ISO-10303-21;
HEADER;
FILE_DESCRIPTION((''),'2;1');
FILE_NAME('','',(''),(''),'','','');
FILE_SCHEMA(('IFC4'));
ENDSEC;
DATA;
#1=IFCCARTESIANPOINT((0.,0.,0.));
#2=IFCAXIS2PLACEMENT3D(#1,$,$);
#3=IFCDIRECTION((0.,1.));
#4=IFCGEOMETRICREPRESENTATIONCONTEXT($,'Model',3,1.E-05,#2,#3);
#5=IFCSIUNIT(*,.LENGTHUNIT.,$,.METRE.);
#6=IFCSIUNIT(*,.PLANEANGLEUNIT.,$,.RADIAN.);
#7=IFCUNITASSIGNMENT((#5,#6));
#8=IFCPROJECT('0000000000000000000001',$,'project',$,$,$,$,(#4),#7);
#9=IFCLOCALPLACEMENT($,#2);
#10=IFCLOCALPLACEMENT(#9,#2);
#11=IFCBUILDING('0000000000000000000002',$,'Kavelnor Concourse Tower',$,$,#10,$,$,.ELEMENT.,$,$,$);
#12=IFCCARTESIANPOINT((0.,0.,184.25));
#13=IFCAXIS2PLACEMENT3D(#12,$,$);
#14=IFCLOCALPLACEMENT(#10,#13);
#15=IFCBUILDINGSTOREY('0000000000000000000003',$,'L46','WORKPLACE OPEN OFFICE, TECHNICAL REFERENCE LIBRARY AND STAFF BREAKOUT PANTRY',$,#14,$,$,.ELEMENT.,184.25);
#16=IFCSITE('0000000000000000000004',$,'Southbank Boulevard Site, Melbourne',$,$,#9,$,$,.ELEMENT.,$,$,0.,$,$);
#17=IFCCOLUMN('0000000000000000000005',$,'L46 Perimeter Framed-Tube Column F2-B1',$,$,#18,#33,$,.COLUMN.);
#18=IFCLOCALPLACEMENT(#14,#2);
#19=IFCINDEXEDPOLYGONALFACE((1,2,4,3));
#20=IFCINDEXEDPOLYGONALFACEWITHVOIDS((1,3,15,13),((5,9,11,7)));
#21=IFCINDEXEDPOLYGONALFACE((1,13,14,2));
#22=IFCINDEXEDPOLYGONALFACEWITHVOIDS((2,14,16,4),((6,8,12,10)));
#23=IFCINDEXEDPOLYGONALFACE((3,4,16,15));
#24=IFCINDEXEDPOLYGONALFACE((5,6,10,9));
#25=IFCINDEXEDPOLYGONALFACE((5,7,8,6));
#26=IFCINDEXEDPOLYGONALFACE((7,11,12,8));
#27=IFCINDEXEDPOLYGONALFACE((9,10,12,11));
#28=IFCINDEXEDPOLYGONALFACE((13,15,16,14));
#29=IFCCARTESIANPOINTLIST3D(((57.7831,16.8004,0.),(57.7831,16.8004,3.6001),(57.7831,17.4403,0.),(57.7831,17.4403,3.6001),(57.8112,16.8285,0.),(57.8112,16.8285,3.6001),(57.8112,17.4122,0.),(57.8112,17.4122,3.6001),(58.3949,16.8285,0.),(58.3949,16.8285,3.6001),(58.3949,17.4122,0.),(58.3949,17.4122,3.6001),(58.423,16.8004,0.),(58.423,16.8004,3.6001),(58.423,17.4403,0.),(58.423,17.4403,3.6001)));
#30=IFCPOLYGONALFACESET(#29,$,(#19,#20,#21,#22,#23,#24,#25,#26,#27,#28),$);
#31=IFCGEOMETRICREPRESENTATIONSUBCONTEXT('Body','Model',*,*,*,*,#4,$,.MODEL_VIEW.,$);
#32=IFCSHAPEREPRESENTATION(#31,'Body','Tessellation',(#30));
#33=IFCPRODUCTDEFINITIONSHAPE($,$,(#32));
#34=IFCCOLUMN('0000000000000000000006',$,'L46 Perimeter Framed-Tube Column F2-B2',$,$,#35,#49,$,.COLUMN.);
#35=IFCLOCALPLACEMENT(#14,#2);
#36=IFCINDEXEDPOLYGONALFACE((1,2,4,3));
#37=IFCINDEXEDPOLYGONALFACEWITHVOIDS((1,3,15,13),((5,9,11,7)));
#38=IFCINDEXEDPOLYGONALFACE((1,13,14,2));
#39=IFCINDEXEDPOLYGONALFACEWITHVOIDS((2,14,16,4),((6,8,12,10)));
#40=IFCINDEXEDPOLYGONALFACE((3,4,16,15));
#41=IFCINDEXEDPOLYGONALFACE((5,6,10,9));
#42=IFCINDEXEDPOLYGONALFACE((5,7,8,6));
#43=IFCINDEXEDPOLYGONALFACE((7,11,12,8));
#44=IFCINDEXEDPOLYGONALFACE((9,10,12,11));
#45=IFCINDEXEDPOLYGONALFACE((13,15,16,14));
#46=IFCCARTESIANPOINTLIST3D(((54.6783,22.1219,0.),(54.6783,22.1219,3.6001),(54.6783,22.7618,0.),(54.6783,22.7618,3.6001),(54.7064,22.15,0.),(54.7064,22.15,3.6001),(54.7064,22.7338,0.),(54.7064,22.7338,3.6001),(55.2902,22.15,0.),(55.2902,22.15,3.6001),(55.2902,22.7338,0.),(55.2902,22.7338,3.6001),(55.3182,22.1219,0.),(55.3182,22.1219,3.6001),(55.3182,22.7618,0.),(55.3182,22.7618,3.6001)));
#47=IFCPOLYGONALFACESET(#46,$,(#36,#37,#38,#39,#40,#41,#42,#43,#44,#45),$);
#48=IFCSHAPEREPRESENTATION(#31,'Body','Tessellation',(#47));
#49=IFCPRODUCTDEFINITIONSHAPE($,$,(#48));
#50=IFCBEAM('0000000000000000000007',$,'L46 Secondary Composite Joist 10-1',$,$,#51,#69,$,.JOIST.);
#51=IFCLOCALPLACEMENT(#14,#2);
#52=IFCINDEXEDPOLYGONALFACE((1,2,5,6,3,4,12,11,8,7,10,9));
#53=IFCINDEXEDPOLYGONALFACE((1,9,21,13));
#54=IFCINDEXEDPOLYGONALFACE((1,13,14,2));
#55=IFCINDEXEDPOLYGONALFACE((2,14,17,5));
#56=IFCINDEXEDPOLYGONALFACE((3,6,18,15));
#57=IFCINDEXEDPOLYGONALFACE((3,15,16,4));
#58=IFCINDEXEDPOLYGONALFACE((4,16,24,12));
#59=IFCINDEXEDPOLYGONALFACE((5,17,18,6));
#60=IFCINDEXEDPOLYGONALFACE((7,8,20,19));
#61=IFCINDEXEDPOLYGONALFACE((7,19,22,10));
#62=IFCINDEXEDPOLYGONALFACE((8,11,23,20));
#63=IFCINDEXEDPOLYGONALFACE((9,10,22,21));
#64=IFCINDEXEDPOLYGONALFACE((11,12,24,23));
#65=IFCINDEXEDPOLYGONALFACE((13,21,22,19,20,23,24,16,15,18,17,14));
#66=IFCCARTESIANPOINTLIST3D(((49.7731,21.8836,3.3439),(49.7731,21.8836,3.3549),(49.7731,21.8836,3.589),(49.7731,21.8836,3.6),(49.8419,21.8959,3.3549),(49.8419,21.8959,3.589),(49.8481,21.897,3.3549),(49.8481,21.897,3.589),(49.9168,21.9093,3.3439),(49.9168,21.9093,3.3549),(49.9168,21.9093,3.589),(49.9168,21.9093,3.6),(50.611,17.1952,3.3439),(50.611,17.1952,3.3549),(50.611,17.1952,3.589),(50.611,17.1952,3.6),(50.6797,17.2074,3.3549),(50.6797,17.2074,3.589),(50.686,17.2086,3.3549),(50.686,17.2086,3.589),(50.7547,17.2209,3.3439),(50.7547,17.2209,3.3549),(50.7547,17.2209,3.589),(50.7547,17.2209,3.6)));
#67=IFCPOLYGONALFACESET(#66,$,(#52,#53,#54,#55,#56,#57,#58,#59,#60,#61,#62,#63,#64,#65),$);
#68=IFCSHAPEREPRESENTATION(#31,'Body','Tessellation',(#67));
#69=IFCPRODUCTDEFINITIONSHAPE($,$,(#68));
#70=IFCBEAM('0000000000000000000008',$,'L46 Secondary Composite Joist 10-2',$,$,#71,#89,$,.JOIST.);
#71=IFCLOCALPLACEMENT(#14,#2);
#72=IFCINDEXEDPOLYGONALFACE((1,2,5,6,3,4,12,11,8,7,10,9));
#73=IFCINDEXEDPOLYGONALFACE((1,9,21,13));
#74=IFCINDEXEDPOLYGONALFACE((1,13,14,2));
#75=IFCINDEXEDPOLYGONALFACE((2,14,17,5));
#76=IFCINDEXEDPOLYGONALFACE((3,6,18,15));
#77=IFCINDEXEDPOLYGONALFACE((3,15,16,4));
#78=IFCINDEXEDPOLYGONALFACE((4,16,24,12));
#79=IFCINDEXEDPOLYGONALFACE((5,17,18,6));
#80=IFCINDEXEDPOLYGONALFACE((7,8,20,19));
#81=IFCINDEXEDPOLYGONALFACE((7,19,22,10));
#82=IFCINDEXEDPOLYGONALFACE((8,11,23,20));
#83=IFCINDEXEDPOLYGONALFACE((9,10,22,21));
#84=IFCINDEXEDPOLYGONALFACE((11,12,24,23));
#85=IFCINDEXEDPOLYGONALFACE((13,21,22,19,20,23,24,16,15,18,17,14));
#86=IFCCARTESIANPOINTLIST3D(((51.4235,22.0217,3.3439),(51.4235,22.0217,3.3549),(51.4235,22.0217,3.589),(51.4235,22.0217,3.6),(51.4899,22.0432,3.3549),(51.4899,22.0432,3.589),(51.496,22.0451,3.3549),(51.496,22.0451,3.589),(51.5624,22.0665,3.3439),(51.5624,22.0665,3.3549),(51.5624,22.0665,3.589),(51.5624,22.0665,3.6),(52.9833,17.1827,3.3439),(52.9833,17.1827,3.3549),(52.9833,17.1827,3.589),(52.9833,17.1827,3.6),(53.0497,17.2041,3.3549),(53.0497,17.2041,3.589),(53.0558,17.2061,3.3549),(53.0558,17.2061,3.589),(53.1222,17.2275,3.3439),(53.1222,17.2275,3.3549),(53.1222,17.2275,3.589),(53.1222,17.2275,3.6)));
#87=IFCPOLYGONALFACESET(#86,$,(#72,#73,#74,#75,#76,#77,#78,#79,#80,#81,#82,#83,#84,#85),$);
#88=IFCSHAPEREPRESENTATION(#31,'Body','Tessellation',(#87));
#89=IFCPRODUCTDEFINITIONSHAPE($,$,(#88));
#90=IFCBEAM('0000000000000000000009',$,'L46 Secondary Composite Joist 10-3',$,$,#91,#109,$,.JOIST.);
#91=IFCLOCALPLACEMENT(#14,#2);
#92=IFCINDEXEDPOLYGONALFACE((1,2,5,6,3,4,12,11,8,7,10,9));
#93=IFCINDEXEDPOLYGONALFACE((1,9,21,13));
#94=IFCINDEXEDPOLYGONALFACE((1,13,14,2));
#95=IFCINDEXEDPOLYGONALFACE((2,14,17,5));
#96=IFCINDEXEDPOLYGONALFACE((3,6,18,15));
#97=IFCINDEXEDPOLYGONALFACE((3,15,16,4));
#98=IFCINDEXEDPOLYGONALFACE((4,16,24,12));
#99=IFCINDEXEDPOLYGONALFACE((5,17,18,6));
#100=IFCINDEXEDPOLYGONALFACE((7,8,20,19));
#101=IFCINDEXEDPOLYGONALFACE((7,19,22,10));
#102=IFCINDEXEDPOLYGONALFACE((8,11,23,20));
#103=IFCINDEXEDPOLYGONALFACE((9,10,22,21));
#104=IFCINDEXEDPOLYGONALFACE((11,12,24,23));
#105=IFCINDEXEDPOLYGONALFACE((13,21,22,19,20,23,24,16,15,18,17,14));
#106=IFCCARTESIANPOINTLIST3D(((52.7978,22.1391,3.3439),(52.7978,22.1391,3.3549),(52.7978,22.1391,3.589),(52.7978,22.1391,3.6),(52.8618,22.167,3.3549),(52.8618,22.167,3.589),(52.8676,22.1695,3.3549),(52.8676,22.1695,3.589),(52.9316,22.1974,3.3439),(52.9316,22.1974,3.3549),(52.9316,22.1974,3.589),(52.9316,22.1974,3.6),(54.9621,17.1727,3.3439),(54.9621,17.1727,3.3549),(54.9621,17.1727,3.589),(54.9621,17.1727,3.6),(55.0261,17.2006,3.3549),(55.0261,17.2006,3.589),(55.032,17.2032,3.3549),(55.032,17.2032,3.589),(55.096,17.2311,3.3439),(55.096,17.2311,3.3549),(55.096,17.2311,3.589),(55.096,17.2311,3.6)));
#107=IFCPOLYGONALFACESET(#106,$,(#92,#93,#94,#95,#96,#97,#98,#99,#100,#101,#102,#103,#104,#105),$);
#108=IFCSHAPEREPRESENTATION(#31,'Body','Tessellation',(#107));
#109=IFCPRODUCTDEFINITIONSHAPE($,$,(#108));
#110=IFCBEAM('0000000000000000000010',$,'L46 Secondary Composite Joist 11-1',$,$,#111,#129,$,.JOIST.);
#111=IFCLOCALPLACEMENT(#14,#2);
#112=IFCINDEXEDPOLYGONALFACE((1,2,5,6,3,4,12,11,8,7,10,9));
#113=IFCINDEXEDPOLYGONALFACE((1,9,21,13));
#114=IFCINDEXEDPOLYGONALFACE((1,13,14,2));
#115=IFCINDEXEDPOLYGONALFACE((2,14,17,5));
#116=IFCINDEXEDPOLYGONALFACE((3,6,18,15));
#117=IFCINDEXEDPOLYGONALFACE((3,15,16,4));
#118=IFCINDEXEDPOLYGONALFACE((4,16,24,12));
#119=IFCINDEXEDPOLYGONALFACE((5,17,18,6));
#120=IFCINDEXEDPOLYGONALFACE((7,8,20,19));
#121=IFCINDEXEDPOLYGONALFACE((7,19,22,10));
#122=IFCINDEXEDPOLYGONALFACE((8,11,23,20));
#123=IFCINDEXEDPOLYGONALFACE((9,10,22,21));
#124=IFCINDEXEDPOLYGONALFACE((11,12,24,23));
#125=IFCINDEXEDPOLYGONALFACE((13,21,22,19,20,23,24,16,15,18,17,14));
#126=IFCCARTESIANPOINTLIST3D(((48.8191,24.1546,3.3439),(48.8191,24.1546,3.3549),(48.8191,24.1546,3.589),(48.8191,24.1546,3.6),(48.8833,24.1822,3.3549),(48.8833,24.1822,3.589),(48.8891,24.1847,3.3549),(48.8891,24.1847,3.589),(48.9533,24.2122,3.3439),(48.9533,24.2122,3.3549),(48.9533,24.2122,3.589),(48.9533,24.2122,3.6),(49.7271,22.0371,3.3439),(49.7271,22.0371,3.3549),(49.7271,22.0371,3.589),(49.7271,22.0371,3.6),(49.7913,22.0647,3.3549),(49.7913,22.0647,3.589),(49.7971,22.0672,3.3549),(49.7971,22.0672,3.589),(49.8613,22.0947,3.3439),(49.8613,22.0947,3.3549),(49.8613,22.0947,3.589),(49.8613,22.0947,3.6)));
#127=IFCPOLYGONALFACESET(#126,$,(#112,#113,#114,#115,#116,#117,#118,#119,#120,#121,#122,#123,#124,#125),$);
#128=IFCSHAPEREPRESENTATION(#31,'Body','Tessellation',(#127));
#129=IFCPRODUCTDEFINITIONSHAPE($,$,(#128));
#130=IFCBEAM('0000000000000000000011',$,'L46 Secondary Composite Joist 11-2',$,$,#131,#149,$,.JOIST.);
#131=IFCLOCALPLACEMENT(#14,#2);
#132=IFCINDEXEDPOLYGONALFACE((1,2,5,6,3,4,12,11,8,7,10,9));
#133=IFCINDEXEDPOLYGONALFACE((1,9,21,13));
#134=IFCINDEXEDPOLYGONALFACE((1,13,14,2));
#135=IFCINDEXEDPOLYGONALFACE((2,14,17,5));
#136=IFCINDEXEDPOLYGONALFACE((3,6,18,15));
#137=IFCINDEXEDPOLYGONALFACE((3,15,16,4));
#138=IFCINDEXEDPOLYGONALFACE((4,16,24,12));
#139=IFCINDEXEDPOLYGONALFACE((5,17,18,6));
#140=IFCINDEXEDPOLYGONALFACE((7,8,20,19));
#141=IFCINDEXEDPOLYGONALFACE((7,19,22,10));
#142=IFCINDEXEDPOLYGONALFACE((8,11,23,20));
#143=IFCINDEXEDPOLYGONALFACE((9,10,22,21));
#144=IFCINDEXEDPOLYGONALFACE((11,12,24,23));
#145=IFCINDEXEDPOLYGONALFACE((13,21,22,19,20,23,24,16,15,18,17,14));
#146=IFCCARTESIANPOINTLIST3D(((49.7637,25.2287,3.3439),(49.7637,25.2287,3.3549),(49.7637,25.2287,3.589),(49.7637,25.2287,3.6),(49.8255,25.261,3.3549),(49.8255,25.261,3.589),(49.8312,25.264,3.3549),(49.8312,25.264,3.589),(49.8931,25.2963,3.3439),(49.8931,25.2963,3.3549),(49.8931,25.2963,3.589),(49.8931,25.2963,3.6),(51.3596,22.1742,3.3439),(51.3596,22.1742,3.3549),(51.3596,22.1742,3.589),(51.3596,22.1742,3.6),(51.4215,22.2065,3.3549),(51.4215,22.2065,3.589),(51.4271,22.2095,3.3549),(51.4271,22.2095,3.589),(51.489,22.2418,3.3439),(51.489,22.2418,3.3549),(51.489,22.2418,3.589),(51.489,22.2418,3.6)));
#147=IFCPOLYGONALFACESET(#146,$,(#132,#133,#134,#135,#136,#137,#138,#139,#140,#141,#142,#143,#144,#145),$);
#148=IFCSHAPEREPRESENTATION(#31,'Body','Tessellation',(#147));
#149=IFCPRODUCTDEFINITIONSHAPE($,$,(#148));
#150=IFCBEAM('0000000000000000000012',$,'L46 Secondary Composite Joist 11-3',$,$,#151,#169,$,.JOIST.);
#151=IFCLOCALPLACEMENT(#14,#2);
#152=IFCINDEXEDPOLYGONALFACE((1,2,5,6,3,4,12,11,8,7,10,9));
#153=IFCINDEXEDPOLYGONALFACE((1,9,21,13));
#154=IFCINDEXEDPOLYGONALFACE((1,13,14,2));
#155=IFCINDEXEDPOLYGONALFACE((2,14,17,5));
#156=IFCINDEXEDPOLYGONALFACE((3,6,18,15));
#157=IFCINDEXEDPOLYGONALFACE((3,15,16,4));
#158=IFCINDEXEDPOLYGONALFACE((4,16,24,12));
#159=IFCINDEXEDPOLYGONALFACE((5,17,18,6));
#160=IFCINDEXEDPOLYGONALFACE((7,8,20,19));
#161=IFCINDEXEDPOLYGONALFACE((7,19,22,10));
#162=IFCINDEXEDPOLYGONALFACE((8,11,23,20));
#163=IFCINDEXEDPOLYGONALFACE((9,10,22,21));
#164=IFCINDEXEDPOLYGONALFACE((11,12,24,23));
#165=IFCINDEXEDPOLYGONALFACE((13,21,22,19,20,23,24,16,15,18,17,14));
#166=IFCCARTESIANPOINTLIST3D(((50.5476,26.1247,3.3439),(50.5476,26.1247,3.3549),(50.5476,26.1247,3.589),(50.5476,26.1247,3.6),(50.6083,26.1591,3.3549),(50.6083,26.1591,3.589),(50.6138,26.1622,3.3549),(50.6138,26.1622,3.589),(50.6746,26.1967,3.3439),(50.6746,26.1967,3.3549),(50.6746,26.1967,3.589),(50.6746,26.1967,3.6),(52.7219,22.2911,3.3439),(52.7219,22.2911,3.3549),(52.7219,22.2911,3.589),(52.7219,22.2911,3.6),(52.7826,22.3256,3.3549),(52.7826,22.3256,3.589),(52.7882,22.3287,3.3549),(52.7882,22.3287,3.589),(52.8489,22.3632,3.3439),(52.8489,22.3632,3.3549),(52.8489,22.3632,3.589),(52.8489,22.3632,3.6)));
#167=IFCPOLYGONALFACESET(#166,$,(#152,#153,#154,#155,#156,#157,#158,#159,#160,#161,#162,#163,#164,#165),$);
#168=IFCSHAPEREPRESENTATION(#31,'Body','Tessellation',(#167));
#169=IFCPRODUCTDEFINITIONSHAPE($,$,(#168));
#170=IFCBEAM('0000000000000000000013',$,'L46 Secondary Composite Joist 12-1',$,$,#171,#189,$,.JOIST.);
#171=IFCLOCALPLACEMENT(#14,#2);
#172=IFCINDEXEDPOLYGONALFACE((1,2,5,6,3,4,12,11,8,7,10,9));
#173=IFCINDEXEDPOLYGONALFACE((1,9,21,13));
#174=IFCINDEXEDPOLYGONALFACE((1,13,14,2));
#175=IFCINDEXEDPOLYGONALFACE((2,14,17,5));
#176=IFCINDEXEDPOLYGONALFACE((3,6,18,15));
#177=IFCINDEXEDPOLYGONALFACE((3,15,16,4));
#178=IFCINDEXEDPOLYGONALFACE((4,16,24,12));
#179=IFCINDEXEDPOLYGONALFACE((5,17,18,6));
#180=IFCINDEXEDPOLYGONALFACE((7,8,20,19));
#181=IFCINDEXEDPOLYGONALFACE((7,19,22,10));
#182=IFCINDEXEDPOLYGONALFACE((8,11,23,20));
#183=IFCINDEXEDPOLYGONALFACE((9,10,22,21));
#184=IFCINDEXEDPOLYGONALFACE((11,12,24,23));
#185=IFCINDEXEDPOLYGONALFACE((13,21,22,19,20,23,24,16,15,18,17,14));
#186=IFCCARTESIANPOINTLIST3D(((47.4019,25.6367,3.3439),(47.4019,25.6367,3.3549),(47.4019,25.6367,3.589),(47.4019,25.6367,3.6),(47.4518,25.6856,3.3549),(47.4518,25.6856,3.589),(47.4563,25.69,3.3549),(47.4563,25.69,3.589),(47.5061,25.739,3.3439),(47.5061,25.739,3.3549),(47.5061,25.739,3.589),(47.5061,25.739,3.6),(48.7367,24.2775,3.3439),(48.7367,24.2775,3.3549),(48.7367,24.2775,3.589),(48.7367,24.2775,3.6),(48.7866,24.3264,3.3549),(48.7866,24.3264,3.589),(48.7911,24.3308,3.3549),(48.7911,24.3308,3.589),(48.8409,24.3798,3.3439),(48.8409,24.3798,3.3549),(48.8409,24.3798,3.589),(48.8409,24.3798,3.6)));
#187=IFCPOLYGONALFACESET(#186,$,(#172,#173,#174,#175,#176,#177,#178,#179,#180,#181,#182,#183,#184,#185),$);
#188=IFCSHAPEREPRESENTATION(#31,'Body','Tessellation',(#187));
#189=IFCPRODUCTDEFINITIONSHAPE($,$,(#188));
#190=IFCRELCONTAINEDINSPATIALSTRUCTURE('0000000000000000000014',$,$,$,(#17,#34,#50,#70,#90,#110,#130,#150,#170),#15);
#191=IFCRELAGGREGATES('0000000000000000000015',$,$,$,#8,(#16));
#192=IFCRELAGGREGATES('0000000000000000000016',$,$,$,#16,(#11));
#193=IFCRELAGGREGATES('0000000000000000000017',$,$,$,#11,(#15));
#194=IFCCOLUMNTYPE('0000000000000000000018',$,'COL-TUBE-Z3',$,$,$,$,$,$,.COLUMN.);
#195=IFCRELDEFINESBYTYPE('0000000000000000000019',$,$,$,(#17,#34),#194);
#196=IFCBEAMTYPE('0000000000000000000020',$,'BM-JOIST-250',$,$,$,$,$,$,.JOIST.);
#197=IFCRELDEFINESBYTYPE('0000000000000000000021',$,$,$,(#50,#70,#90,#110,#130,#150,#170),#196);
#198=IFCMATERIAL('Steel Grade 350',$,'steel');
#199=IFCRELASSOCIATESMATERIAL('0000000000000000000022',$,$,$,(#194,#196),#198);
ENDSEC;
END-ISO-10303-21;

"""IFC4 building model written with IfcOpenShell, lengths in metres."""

from ifc_helpers import new_model, si_unit, direction, frame, origin, origin_2d, place, context, subcontext, project, spatial, hollow_rectangle, i_section, extrude, material, material_profile, profile_set, type_object, element, save


model = new_model("IFC4")

# Units and contexts
model_context = context("Model", 3, precision=1e-05, world=origin(), true_north=direction((0.0, 1.0)))
body_context = subcontext(model_context, "Body", "Model", "MODEL_VIEW")
ifc_project = project(units=[si_unit("LENGTHUNIT", "METRE"), si_unit("PLANEANGLEUNIT", "RADIAN")], contexts=[model_context])

# Site, building, storey
site_placement = place(None, origin())
site = spatial("IfcSite", under=ifc_project, at=site_placement, Name="Southbank Boulevard Site, Melbourne", CompositionType="ELEMENT", RefElevation=0.0)
building_placement = place(site_placement, origin())
building = spatial("IfcBuilding", under=site, at=building_placement, Name="Kavelnor Concourse Tower", CompositionType="ELEMENT")
storey_placement = place(building_placement, frame((0.0, 0.0, 184.25)))
storey = spatial("IfcBuildingStorey", under=building, at=storey_placement, Name="L46", Description="WORKPLACE OPEN OFFICE, TECHNICAL REFERENCE LIBRARY AND STAFF BREAKOUT PANTRY", CompositionType="ELEMENT", Elevation=184.25)

# Columns
ifc_material_1 = material(Name="Steel Grade 350", Category="steel")
ifc_material_profile_1 = material_profile(ifc_material_1, hollow_rectangle(XDim=0.6399, YDim=0.6399, WallThickness=0.0281, at=origin_2d()), Name="SHS 640x640x28")
ifc_profile_set_1 = profile_set([ifc_material_profile_1], Name="Steel Grade 350")
column_type = type_object("IfcColumnType", Name="COL-TUBE-Z3", PredefinedType="COLUMN", material=ifc_profile_set_1)
for number, where, z_axis, x_axis, name in (
    (1, (58.103, 17.1204, 0.0), (0.0, 0.0, 1.0), (1.0, 0.0, 0.0), "L46 Perimeter Framed-Tube Column F2-B1"),
    (2, (54.9983, 22.4419, 0.0), (0.0, 0.0, 1.0), (1.0, 0.0, 0.0), "L46 Perimeter Framed-Tube Column F2-B2"),
):
    element("IfcColumn", number, at=place(storey_placement, frame(where, z_axis=z_axis, x_axis=x_axis)), inside=storey, type_object=column_type, Name=name, PredefinedType="COLUMN", context=body_context, shape_type="SweptSolid", body=[
        extrude(hollow_rectangle(XDim=0.6399, YDim=0.6399, WallThickness=0.0281, at=origin_2d()), origin(), (0.0, 0.0, 1.0), 3.6001),
    ])

# Beams
ifc_material_profile_2 = material_profile(ifc_material_1, i_section(OverallWidth=0.146, OverallDepth=0.2561, WebThickness=0.0063, FlangeThickness=0.011, at=origin_2d()), Name="250UB37")
ifc_profile_set_2 = profile_set([ifc_material_profile_2], Name="Steel Grade 350")
beam_type_1 = type_object("IfcBeamType", Name="BM-JOIST-250", PredefinedType="JOIST", material=ifc_profile_set_2)
beam_1_placement = place(storey_placement, frame((50.6829, 17.208, 3.4719), z_axis=(-0.175925, 0.984403, 0.0), x_axis=(-0.984403, -0.175925, 0.0)))
element("IfcBeam", 3, at=beam_1_placement, inside=storey, type_object=beam_type_1, Name="L46 Secondary Composite Joist 10-1", PredefinedType="JOIST", context=body_context, shape_type="SweptSolid", body=[
    extrude(i_section(OverallWidth=0.146, OverallDepth=0.2561, WebThickness=0.0063, FlangeThickness=0.011, at=origin_2d()), origin(), (0.0, 0.0, 1.0), 4.7627),
])
beam_2_placement = place(storey_placement, frame((53.0527, 17.2051, 3.4719), z_axis=(-0.306791, 0.951777, 0.0), x_axis=(-0.951777, -0.306791, 0.0)))
element("IfcBeam", 4, at=beam_2_placement, inside=storey, type_object=beam_type_1, Name="L46 Secondary Composite Joist 10-2", PredefinedType="JOIST", context=body_context, shape_type="SweptSolid", body=[
    extrude(i_section(OverallWidth=0.146, OverallDepth=0.2561, WebThickness=0.0063, FlangeThickness=0.011, at=origin_2d()), origin(), (0.0, 0.0, 1.0), 5.0842),
])
beam_3_placement = place(storey_placement, frame((55.0291, 17.2019, 3.4719), z_axis=(-0.399509, 0.916729, 0.0), x_axis=(-0.916729, -0.399509, 0.0)))
element("IfcBeam", 5, at=beam_3_placement, inside=storey, type_object=beam_type_1, Name="L46 Secondary Composite Joist 10-3", PredefinedType="JOIST", context=body_context, shape_type="SweptSolid", body=[
    extrude(i_section(OverallWidth=0.146, OverallDepth=0.2561, WebThickness=0.0063, FlangeThickness=0.011, at=origin_2d()), origin(), (0.0, 0.0, 1.0), 5.4175),
])
beam_4_placement = place(storey_placement, frame((49.7942, 22.0659, 3.4719), z_axis=(-0.394098, 0.919068, 0.0), x_axis=(-0.919068, -0.394098, 0.0)))
element("IfcBeam", 6, at=beam_4_placement, inside=storey, type_object=beam_type_1, Name="L46 Secondary Composite Joist 11-1", PredefinedType="JOIST", context=body_context, shape_type="SweptSolid", body=[
    extrude(i_section(OverallWidth=0.146, OverallDepth=0.2561, WebThickness=0.0063, FlangeThickness=0.011, at=origin_2d()), origin(), (0.0, 0.0, 1.0), 2.304),
])
beam_5_placement = place(storey_placement, frame((51.4243, 22.208, 3.4719), z_axis=(-0.463096, 0.886308, 0.0), x_axis=(-0.886308, -0.463096, 0.0)))
element("IfcBeam", 7, at=beam_5_placement, inside=storey, type_object=beam_type_1, Name="L46 Secondary Composite Joist 11-2", PredefinedType="JOIST", context=body_context, shape_type="SweptSolid", body=[
    extrude(i_section(OverallWidth=0.146, OverallDepth=0.2561, WebThickness=0.0063, FlangeThickness=0.011, at=origin_2d()), origin(), (0.0, 0.0, 1.0), 3.4463),
])
beam_6_placement = place(storey_placement, frame((52.7854, 22.3271, 3.4719), z_axis=(-0.493356, 0.869827, 0.0), x_axis=(-0.869827, -0.493356, 0.0)))
element("IfcBeam", 8, at=beam_6_placement, inside=storey, type_object=beam_type_1, Name="L46 Secondary Composite Joist 11-3", PredefinedType="JOIST", context=body_context, shape_type="SweptSolid", body=[
    extrude(i_section(OverallWidth=0.146, OverallDepth=0.2561, WebThickness=0.0063, FlangeThickness=0.011, at=origin_2d()), origin(), (0.0, 0.0, 1.0), 4.4072),
])
beam_7_placement = place(storey_placement, frame((48.7888, 24.3286, 3.4719), z_axis=(-0.70067, 0.713486, 0.0), x_axis=(-0.713486, -0.70067, 0.0)))
element("IfcBeam", 9, at=beam_7_placement, inside=storey, type_object=beam_type_1, Name="L46 Secondary Composite Joist 12-1", PredefinedType="JOIST", context=body_context, shape_type="SweptSolid", body=[
    extrude(i_section(OverallWidth=0.146, OverallDepth=0.2561, WebThickness=0.0063, FlangeThickness=0.011, at=origin_2d()), origin(), (0.0, 0.0, 1.0), 1.905),
])

save(model, "model.ifc")
